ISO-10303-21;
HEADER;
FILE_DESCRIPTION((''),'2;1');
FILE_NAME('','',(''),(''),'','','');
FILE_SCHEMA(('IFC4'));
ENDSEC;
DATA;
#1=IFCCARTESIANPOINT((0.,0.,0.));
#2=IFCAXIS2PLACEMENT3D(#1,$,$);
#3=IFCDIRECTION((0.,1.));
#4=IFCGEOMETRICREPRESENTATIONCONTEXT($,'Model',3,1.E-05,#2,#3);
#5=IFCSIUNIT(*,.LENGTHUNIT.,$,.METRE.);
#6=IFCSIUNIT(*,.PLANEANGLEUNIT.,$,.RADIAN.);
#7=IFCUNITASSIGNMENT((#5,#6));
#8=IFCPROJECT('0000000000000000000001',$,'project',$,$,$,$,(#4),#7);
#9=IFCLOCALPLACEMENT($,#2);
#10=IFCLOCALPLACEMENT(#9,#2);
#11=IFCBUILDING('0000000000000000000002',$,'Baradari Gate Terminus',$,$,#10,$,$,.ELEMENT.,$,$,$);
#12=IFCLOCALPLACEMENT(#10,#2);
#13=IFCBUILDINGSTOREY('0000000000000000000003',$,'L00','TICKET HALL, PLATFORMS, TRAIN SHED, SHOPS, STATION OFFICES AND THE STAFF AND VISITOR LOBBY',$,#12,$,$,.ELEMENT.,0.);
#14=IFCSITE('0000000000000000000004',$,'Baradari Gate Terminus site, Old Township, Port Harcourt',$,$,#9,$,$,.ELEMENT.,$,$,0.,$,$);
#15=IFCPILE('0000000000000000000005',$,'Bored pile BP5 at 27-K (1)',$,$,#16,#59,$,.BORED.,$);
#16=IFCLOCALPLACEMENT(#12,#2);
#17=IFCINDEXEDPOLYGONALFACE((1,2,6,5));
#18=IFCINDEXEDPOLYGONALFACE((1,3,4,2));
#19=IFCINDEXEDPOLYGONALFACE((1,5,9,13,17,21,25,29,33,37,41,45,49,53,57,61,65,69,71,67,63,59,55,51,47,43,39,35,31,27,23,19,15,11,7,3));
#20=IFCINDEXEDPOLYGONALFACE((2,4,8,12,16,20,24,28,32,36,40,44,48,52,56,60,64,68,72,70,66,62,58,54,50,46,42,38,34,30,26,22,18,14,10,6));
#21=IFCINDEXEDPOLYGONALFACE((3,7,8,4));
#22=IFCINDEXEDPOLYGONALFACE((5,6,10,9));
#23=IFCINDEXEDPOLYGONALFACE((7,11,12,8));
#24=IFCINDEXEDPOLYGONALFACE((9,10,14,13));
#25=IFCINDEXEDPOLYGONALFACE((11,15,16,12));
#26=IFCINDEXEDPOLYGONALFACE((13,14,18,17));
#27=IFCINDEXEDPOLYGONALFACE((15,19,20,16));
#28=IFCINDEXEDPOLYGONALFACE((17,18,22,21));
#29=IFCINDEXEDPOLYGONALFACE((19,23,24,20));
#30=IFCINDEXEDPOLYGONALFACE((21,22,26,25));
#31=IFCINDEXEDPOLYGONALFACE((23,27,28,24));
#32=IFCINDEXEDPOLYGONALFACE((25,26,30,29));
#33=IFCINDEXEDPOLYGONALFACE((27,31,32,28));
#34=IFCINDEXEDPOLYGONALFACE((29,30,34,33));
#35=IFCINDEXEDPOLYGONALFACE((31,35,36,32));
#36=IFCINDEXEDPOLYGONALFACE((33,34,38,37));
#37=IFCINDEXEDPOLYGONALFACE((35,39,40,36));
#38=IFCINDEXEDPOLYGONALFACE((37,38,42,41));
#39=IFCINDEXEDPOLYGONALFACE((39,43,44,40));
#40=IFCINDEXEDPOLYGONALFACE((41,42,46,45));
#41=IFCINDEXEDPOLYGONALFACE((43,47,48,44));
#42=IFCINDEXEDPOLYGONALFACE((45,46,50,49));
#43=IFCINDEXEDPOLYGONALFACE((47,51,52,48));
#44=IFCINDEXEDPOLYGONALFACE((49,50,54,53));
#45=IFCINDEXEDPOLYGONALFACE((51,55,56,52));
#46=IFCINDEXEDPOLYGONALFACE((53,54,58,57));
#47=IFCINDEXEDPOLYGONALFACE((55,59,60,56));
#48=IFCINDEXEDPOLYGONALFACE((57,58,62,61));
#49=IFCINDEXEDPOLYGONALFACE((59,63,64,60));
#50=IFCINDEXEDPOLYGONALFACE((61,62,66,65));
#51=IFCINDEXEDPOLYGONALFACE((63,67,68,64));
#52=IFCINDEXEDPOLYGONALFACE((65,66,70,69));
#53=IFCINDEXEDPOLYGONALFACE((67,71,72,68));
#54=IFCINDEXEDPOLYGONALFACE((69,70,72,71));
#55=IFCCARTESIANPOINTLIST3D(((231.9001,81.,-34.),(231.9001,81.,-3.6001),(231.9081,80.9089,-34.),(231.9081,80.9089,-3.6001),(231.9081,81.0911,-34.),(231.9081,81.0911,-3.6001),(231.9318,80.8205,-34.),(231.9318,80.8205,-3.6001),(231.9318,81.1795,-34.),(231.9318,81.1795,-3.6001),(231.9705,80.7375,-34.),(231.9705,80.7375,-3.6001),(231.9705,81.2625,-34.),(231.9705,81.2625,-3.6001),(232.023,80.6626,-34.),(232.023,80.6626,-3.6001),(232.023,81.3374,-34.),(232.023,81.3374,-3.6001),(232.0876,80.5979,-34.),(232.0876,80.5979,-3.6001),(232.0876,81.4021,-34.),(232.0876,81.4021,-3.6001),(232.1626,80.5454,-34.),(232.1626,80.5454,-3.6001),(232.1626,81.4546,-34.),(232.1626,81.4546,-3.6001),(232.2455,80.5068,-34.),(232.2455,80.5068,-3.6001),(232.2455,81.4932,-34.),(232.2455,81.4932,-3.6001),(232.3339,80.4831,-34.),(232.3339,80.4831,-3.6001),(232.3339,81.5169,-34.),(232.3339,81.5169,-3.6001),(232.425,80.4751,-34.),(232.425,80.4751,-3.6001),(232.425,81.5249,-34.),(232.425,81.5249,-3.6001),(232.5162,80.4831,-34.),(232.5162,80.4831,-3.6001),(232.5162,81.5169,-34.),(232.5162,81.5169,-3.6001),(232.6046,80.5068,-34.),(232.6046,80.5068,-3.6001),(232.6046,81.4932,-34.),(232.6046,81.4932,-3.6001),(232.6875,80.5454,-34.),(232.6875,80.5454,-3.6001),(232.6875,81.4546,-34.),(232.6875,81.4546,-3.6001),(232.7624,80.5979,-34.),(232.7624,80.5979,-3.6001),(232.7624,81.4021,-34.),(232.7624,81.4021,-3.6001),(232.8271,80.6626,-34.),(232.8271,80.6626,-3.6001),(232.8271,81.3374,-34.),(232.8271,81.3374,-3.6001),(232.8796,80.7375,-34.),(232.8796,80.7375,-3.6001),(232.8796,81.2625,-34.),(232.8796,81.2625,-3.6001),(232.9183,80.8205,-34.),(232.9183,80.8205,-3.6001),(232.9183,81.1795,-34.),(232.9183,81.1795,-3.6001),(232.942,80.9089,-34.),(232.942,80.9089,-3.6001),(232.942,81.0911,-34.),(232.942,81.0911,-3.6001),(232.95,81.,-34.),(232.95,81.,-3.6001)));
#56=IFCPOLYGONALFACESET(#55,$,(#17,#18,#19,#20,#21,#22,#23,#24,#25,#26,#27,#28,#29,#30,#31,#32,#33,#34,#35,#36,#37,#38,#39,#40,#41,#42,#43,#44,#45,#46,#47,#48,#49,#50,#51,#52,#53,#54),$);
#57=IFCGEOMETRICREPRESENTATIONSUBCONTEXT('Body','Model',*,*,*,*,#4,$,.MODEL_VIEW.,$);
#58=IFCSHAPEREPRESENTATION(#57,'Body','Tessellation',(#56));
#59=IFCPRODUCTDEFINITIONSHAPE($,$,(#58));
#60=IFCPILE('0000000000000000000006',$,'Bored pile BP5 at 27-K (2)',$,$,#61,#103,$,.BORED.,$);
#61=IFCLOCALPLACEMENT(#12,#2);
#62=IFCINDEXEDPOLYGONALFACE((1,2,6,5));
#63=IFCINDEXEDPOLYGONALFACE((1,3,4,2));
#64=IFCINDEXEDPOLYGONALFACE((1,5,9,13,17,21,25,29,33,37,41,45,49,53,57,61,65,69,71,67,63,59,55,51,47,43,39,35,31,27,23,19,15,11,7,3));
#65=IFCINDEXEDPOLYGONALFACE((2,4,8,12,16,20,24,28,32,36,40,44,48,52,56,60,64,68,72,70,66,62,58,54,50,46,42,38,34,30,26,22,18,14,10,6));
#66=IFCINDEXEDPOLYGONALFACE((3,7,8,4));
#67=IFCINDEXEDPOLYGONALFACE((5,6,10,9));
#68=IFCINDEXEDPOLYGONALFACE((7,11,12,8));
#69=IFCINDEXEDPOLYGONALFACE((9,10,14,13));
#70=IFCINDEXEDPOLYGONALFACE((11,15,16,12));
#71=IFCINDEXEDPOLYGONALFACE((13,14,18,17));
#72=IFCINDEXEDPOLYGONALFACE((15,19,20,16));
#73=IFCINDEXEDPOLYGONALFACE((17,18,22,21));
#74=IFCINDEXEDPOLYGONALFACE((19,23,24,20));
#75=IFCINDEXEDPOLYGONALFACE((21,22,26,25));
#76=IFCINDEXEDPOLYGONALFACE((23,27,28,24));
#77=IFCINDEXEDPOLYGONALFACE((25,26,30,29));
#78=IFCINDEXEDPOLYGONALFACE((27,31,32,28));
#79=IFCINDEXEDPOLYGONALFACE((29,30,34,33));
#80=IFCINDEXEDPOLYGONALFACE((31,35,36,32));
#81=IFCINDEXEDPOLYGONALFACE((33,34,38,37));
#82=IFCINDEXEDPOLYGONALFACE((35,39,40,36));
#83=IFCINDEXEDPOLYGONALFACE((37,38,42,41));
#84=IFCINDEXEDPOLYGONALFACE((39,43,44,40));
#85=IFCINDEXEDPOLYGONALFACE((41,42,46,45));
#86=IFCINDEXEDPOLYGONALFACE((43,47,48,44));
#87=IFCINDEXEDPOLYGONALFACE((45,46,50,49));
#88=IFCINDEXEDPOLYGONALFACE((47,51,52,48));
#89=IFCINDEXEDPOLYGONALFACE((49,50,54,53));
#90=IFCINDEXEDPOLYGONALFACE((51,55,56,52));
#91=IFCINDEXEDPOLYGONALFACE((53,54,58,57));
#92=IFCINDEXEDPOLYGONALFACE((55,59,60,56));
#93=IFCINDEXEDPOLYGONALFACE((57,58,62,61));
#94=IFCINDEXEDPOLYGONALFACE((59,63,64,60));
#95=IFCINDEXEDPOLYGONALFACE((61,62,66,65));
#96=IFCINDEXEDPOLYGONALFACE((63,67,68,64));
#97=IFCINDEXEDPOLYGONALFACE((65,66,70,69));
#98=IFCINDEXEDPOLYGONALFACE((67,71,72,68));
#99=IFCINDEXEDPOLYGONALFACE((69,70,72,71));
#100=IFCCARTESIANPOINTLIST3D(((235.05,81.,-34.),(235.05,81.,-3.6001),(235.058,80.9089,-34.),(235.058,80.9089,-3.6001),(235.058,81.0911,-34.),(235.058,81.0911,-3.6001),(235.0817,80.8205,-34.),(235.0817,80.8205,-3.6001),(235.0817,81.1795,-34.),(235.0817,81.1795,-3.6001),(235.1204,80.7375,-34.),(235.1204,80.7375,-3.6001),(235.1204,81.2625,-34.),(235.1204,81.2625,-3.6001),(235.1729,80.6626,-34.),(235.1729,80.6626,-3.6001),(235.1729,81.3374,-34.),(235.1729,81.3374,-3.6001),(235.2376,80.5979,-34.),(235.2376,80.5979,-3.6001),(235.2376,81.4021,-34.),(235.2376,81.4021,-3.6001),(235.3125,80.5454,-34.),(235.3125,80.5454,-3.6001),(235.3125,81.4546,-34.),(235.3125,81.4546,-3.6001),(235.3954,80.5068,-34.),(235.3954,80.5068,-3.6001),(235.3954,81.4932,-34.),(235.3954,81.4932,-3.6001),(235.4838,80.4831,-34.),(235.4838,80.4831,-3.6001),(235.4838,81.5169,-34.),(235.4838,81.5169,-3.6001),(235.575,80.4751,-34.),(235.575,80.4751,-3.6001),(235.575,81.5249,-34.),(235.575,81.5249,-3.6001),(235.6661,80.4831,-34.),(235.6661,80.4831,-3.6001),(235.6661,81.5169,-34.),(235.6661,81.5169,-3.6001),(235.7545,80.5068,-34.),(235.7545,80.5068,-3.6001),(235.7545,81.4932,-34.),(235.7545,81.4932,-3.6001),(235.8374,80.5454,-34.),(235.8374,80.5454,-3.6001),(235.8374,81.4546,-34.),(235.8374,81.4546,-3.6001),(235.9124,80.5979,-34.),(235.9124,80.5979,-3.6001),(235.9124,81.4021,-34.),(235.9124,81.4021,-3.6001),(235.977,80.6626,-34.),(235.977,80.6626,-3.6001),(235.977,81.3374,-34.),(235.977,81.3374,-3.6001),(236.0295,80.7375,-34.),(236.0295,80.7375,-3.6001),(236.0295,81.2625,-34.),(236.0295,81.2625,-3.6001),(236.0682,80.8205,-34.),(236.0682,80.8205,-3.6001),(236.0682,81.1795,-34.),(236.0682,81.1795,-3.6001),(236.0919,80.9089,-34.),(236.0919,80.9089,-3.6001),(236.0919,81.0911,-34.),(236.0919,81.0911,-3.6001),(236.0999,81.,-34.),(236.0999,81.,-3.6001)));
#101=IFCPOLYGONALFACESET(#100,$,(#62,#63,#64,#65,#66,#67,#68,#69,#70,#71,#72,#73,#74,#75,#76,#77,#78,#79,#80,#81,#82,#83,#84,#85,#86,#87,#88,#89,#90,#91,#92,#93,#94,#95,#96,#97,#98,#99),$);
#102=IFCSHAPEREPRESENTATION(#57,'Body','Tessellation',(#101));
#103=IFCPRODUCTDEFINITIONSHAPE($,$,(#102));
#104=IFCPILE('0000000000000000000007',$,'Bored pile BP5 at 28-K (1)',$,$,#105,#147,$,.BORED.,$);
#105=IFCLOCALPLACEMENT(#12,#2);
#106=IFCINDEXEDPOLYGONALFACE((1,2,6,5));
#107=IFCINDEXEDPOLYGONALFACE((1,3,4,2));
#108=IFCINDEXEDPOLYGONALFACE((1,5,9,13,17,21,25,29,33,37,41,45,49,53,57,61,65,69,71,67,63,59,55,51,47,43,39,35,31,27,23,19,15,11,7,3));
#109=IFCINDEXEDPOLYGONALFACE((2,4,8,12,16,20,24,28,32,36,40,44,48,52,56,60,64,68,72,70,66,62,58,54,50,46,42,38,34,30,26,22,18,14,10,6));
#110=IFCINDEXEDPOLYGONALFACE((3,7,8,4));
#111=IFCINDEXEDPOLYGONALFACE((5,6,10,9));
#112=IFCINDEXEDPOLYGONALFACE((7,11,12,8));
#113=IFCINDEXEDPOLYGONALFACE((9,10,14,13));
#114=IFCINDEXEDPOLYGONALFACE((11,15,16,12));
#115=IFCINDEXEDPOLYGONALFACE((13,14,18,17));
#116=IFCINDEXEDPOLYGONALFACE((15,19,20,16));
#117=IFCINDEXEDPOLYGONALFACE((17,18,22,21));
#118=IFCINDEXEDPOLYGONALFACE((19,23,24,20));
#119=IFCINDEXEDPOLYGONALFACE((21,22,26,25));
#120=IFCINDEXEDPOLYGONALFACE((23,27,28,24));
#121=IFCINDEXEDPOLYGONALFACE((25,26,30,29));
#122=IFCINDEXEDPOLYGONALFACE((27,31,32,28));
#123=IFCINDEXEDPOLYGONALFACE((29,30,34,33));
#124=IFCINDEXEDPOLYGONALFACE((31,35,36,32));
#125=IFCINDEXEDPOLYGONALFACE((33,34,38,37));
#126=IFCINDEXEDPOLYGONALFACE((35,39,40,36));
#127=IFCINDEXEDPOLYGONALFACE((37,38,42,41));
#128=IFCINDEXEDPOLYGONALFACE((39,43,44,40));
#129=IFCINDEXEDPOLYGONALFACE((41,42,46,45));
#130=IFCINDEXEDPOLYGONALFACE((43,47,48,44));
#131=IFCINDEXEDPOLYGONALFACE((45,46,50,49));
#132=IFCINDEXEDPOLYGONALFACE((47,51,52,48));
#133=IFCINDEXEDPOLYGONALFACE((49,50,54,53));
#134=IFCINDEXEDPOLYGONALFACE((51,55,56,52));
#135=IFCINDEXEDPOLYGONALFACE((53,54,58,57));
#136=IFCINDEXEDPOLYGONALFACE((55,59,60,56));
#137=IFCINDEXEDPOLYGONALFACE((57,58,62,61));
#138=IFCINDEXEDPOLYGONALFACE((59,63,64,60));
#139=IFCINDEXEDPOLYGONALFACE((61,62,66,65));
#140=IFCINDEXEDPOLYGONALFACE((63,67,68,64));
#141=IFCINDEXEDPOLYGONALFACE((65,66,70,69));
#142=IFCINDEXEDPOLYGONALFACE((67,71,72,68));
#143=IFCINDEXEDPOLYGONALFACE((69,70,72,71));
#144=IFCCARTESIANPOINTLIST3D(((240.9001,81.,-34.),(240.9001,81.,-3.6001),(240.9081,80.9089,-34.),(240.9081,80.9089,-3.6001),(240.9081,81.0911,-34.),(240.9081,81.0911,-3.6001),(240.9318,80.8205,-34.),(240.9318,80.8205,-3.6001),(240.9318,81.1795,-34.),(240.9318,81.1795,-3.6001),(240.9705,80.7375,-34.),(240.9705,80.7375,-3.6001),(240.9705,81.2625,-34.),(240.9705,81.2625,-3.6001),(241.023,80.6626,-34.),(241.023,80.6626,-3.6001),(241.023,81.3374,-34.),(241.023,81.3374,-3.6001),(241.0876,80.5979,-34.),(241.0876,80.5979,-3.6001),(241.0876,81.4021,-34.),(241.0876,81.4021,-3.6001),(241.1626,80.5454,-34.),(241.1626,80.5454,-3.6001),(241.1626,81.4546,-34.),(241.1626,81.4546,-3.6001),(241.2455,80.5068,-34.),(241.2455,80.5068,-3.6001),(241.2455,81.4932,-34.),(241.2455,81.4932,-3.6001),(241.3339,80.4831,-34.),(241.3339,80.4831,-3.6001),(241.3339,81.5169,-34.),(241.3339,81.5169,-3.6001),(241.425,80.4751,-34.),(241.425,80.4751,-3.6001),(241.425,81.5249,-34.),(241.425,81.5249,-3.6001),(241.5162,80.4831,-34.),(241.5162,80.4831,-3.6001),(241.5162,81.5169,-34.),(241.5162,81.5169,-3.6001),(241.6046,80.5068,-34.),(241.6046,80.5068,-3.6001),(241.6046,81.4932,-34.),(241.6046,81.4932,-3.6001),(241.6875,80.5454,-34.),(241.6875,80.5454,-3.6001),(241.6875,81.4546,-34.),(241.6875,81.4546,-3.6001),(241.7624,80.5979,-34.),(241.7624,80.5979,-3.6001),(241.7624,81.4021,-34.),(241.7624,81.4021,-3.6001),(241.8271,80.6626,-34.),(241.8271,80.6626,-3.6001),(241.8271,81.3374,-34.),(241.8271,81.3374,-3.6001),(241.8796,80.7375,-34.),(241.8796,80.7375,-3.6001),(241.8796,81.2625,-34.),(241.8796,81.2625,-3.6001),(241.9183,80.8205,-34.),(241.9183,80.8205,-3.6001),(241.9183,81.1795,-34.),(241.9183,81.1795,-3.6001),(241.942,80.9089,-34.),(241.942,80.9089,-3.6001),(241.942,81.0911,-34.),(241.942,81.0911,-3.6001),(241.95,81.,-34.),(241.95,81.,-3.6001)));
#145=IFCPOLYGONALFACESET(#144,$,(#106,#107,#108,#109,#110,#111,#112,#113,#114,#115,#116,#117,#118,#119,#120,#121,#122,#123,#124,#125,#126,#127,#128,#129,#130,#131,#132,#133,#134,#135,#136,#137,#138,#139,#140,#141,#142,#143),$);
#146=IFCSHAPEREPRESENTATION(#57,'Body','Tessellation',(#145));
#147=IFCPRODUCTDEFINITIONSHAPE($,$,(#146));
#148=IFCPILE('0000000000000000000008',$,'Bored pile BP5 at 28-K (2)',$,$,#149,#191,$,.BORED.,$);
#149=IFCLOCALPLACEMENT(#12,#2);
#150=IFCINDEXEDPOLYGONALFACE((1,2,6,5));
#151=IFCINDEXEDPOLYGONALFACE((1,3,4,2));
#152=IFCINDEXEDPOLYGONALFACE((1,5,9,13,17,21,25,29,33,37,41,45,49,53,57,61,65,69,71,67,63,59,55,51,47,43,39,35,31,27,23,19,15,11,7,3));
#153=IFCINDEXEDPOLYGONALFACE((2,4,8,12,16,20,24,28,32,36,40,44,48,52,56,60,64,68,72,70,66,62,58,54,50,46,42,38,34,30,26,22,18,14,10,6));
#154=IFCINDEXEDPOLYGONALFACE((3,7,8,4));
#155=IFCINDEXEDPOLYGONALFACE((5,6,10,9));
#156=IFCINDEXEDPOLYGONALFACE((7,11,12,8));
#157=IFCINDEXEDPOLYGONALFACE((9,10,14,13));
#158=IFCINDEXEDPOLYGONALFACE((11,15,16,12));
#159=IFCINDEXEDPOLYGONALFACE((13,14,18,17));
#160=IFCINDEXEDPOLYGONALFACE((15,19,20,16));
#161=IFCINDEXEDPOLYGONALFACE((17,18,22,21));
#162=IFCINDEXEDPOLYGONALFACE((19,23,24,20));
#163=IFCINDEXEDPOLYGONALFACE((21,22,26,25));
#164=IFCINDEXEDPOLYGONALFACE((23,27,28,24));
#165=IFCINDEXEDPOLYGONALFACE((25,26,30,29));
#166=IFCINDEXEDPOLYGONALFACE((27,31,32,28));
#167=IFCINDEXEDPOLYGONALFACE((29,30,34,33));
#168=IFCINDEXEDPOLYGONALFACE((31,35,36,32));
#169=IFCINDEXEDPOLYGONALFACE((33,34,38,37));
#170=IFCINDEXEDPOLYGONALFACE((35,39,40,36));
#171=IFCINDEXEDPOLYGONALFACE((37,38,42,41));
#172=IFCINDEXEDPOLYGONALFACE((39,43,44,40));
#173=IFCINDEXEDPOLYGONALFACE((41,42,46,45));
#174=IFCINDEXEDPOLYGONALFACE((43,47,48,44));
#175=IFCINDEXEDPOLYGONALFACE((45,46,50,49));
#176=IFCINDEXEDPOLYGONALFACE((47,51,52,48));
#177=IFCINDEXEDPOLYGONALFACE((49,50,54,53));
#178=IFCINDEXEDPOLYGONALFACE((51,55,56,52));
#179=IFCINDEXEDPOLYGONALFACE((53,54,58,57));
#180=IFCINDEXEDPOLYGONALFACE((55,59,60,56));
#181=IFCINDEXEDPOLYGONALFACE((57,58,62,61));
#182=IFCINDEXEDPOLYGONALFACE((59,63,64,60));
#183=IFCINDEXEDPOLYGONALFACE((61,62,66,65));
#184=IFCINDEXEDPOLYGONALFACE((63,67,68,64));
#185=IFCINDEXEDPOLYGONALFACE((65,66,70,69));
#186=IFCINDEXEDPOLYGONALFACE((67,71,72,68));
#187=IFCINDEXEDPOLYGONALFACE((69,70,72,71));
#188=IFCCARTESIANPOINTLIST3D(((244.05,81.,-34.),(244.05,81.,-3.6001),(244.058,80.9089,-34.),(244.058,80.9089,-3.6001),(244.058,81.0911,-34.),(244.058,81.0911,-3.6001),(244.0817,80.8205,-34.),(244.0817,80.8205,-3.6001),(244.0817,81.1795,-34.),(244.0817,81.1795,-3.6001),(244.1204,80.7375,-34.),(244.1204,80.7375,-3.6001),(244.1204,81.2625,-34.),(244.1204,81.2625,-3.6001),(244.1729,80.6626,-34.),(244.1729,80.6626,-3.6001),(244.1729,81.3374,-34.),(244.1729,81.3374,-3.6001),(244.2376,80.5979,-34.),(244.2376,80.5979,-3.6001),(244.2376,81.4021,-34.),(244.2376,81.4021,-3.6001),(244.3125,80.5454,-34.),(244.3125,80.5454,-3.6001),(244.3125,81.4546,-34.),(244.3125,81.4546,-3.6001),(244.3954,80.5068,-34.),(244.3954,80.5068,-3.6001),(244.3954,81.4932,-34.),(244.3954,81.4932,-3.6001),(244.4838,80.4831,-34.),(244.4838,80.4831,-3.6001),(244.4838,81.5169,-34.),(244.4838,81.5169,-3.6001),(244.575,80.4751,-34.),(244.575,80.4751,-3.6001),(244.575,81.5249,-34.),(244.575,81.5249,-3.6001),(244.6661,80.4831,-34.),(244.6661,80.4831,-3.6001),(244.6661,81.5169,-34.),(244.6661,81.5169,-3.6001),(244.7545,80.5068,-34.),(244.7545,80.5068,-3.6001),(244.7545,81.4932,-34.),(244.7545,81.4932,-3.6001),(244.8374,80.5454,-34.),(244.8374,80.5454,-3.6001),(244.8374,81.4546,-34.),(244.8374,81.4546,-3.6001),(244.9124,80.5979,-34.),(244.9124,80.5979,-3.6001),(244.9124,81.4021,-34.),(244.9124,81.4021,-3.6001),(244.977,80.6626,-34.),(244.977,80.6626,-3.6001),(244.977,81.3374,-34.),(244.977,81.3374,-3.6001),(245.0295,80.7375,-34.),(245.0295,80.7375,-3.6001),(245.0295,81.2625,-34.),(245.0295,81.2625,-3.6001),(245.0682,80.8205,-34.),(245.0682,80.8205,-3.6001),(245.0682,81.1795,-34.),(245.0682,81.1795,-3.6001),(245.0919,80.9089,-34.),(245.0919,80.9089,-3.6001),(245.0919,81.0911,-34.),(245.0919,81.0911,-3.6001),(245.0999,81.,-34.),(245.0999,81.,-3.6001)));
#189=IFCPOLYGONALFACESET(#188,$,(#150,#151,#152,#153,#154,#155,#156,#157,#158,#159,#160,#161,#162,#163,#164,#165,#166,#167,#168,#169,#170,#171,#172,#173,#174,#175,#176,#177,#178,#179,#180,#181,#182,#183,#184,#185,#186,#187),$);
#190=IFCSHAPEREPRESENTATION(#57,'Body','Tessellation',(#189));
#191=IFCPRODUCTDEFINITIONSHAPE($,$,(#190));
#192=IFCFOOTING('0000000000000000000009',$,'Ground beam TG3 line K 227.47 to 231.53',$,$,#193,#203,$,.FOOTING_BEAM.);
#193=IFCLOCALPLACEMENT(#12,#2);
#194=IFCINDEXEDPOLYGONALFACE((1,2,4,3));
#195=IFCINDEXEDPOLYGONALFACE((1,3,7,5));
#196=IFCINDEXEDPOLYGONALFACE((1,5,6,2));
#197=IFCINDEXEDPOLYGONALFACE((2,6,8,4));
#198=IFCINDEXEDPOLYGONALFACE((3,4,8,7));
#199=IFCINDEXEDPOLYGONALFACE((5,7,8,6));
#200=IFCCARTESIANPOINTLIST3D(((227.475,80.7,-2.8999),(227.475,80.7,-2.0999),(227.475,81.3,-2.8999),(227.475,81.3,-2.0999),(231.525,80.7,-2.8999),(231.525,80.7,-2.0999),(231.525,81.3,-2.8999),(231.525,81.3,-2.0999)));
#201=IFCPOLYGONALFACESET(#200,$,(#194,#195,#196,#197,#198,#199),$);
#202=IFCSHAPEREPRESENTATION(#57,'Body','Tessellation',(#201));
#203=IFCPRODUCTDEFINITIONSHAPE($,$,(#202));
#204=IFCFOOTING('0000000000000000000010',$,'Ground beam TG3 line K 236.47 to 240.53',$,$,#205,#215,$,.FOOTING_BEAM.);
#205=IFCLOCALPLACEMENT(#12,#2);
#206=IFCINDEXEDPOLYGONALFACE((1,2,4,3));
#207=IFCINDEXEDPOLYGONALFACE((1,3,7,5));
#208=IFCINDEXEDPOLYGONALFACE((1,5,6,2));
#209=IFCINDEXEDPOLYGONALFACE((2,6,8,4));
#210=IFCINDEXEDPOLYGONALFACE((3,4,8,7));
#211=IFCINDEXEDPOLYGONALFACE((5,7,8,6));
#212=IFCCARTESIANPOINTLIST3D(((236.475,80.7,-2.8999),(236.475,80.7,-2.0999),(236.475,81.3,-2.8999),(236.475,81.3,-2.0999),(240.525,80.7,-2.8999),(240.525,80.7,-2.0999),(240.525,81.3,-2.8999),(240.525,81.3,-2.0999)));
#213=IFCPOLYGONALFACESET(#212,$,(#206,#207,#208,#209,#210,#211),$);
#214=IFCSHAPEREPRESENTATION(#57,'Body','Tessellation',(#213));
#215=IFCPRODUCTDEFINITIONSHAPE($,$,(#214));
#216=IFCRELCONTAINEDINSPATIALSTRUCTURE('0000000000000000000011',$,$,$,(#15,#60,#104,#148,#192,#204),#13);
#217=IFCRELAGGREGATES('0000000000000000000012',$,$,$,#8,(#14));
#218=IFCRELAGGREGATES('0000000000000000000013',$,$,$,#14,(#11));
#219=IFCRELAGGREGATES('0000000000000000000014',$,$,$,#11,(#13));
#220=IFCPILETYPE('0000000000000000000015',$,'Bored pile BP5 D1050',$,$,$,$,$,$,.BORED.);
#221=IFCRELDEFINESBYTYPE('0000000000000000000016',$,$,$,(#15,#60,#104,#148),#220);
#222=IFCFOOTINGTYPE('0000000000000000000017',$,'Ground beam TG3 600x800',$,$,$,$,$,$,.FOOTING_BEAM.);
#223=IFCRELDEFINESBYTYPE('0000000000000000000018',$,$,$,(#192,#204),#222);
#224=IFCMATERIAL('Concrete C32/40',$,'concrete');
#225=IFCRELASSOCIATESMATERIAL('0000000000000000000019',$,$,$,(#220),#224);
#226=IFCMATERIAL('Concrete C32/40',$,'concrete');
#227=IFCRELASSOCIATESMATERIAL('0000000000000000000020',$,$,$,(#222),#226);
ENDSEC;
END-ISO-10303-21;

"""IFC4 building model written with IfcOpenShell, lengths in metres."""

from ifc_helpers import new_model, si_unit, direction, frame, origin, origin_2d, place, context, subcontext, project, spatial, rectangle, circle, extrude, material, type_object, element, save


model = new_model("IFC4")

# Units and contexts
model_context = context("Model", 3, precision=1e-05, world=origin(), true_north=direction((0.0, 1.0)))
body_context = subcontext(model_context, "Body", "Model", "MODEL_VIEW")
ifc_project = project(units=[si_unit("LENGTHUNIT", "METRE"), si_unit("PLANEANGLEUNIT", "RADIAN")], contexts=[model_context])

# Site, building, storey
site_placement = place(None, origin())
site = spatial("IfcSite", under=ifc_project, at=site_placement, Name="Baradari Gate Terminus site, Old Township, Port Harcourt", CompositionType="ELEMENT", RefElevation=0.0)
building_placement = place(site_placement, origin())
building = spatial("IfcBuilding", under=site, at=building_placement, Name="Baradari Gate Terminus", CompositionType="ELEMENT")
storey_placement = place(building_placement, origin())
storey = spatial("IfcBuildingStorey", under=building, at=storey_placement, Name="L00", Description="TICKET HALL, PLATFORMS, TRAIN SHED, SHOPS, STATION OFFICES AND THE STAFF AND VISITOR LOBBY", CompositionType="ELEMENT", Elevation=0.0)

# Piles
ifc_material_1 = material(Name="Concrete C32/40", Category="concrete")
pile_type = type_object("IfcPileType", Name="Bored pile BP5 D1050", PredefinedType="BORED", material=ifc_material_1)
for number, where, z_axis, x_axis, name in (
    (1, (232.425, 81.0, -3.6001), (0.0, 0.0, -1.0), (1.0, 0.0, 0.0), "Bored pile BP5 at 27-K (1)"),
    (2, (235.575, 81.0, -3.6001), (0.0, 0.0, -1.0), (1.0, 0.0, 0.0), "Bored pile BP5 at 27-K (2)"),
    (3, (241.425, 81.0, -3.6001), (0.0, 0.0, -1.0), (1.0, 0.0, 0.0), "Bored pile BP5 at 28-K (1)"),
    (4, (244.575, 81.0, -3.6001), (0.0, 0.0, -1.0), (1.0, 0.0, 0.0), "Bored pile BP5 at 28-K (2)"),
):
    element("IfcPile", number, at=place(storey_placement, frame(where, z_axis=z_axis, x_axis=x_axis)), inside=storey, type_object=pile_type, Name=name, PredefinedType="BORED", context=body_context, shape_type="SweptSolid", body=[
        extrude(circle(Radius=0.5249, at=origin_2d()), origin(), (0.0, 0.0, 1.0), 30.3999),
    ])

# Footings
ifc_material_2 = material(Name="Concrete C32/40", Category="concrete")
footing_type_1 = type_object("IfcFootingType", Name="Ground beam TG3 600x800", PredefinedType="FOOTING_BEAM", material=ifc_material_2)
for number, where, z_axis, x_axis, name in (
    (5, (229.5, 81.0, -2.8999), (0.0, 0.0, 1.0), (1.0, 0.0, 0.0), "Ground beam TG3 line K 227.47 to 231.53"),
    (6, (238.5, 81.0, -2.8999), (0.0, 0.0, 1.0), (1.0, 0.0, 0.0), "Ground beam TG3 line K 236.47 to 240.53"),
):
    element("IfcFooting", number, at=place(storey_placement, frame(where, z_axis=z_axis, x_axis=x_axis)), inside=storey, type_object=footing_type_1, Name=name, PredefinedType="FOOTING_BEAM", context=body_context, shape_type="SweptSolid", body=[
        extrude(rectangle(XDim=4.05, YDim=0.6001, at=origin_2d()), origin(), (0.0, 0.0, 1.0), 0.8),
    ])

save(model, "model.ifc")
